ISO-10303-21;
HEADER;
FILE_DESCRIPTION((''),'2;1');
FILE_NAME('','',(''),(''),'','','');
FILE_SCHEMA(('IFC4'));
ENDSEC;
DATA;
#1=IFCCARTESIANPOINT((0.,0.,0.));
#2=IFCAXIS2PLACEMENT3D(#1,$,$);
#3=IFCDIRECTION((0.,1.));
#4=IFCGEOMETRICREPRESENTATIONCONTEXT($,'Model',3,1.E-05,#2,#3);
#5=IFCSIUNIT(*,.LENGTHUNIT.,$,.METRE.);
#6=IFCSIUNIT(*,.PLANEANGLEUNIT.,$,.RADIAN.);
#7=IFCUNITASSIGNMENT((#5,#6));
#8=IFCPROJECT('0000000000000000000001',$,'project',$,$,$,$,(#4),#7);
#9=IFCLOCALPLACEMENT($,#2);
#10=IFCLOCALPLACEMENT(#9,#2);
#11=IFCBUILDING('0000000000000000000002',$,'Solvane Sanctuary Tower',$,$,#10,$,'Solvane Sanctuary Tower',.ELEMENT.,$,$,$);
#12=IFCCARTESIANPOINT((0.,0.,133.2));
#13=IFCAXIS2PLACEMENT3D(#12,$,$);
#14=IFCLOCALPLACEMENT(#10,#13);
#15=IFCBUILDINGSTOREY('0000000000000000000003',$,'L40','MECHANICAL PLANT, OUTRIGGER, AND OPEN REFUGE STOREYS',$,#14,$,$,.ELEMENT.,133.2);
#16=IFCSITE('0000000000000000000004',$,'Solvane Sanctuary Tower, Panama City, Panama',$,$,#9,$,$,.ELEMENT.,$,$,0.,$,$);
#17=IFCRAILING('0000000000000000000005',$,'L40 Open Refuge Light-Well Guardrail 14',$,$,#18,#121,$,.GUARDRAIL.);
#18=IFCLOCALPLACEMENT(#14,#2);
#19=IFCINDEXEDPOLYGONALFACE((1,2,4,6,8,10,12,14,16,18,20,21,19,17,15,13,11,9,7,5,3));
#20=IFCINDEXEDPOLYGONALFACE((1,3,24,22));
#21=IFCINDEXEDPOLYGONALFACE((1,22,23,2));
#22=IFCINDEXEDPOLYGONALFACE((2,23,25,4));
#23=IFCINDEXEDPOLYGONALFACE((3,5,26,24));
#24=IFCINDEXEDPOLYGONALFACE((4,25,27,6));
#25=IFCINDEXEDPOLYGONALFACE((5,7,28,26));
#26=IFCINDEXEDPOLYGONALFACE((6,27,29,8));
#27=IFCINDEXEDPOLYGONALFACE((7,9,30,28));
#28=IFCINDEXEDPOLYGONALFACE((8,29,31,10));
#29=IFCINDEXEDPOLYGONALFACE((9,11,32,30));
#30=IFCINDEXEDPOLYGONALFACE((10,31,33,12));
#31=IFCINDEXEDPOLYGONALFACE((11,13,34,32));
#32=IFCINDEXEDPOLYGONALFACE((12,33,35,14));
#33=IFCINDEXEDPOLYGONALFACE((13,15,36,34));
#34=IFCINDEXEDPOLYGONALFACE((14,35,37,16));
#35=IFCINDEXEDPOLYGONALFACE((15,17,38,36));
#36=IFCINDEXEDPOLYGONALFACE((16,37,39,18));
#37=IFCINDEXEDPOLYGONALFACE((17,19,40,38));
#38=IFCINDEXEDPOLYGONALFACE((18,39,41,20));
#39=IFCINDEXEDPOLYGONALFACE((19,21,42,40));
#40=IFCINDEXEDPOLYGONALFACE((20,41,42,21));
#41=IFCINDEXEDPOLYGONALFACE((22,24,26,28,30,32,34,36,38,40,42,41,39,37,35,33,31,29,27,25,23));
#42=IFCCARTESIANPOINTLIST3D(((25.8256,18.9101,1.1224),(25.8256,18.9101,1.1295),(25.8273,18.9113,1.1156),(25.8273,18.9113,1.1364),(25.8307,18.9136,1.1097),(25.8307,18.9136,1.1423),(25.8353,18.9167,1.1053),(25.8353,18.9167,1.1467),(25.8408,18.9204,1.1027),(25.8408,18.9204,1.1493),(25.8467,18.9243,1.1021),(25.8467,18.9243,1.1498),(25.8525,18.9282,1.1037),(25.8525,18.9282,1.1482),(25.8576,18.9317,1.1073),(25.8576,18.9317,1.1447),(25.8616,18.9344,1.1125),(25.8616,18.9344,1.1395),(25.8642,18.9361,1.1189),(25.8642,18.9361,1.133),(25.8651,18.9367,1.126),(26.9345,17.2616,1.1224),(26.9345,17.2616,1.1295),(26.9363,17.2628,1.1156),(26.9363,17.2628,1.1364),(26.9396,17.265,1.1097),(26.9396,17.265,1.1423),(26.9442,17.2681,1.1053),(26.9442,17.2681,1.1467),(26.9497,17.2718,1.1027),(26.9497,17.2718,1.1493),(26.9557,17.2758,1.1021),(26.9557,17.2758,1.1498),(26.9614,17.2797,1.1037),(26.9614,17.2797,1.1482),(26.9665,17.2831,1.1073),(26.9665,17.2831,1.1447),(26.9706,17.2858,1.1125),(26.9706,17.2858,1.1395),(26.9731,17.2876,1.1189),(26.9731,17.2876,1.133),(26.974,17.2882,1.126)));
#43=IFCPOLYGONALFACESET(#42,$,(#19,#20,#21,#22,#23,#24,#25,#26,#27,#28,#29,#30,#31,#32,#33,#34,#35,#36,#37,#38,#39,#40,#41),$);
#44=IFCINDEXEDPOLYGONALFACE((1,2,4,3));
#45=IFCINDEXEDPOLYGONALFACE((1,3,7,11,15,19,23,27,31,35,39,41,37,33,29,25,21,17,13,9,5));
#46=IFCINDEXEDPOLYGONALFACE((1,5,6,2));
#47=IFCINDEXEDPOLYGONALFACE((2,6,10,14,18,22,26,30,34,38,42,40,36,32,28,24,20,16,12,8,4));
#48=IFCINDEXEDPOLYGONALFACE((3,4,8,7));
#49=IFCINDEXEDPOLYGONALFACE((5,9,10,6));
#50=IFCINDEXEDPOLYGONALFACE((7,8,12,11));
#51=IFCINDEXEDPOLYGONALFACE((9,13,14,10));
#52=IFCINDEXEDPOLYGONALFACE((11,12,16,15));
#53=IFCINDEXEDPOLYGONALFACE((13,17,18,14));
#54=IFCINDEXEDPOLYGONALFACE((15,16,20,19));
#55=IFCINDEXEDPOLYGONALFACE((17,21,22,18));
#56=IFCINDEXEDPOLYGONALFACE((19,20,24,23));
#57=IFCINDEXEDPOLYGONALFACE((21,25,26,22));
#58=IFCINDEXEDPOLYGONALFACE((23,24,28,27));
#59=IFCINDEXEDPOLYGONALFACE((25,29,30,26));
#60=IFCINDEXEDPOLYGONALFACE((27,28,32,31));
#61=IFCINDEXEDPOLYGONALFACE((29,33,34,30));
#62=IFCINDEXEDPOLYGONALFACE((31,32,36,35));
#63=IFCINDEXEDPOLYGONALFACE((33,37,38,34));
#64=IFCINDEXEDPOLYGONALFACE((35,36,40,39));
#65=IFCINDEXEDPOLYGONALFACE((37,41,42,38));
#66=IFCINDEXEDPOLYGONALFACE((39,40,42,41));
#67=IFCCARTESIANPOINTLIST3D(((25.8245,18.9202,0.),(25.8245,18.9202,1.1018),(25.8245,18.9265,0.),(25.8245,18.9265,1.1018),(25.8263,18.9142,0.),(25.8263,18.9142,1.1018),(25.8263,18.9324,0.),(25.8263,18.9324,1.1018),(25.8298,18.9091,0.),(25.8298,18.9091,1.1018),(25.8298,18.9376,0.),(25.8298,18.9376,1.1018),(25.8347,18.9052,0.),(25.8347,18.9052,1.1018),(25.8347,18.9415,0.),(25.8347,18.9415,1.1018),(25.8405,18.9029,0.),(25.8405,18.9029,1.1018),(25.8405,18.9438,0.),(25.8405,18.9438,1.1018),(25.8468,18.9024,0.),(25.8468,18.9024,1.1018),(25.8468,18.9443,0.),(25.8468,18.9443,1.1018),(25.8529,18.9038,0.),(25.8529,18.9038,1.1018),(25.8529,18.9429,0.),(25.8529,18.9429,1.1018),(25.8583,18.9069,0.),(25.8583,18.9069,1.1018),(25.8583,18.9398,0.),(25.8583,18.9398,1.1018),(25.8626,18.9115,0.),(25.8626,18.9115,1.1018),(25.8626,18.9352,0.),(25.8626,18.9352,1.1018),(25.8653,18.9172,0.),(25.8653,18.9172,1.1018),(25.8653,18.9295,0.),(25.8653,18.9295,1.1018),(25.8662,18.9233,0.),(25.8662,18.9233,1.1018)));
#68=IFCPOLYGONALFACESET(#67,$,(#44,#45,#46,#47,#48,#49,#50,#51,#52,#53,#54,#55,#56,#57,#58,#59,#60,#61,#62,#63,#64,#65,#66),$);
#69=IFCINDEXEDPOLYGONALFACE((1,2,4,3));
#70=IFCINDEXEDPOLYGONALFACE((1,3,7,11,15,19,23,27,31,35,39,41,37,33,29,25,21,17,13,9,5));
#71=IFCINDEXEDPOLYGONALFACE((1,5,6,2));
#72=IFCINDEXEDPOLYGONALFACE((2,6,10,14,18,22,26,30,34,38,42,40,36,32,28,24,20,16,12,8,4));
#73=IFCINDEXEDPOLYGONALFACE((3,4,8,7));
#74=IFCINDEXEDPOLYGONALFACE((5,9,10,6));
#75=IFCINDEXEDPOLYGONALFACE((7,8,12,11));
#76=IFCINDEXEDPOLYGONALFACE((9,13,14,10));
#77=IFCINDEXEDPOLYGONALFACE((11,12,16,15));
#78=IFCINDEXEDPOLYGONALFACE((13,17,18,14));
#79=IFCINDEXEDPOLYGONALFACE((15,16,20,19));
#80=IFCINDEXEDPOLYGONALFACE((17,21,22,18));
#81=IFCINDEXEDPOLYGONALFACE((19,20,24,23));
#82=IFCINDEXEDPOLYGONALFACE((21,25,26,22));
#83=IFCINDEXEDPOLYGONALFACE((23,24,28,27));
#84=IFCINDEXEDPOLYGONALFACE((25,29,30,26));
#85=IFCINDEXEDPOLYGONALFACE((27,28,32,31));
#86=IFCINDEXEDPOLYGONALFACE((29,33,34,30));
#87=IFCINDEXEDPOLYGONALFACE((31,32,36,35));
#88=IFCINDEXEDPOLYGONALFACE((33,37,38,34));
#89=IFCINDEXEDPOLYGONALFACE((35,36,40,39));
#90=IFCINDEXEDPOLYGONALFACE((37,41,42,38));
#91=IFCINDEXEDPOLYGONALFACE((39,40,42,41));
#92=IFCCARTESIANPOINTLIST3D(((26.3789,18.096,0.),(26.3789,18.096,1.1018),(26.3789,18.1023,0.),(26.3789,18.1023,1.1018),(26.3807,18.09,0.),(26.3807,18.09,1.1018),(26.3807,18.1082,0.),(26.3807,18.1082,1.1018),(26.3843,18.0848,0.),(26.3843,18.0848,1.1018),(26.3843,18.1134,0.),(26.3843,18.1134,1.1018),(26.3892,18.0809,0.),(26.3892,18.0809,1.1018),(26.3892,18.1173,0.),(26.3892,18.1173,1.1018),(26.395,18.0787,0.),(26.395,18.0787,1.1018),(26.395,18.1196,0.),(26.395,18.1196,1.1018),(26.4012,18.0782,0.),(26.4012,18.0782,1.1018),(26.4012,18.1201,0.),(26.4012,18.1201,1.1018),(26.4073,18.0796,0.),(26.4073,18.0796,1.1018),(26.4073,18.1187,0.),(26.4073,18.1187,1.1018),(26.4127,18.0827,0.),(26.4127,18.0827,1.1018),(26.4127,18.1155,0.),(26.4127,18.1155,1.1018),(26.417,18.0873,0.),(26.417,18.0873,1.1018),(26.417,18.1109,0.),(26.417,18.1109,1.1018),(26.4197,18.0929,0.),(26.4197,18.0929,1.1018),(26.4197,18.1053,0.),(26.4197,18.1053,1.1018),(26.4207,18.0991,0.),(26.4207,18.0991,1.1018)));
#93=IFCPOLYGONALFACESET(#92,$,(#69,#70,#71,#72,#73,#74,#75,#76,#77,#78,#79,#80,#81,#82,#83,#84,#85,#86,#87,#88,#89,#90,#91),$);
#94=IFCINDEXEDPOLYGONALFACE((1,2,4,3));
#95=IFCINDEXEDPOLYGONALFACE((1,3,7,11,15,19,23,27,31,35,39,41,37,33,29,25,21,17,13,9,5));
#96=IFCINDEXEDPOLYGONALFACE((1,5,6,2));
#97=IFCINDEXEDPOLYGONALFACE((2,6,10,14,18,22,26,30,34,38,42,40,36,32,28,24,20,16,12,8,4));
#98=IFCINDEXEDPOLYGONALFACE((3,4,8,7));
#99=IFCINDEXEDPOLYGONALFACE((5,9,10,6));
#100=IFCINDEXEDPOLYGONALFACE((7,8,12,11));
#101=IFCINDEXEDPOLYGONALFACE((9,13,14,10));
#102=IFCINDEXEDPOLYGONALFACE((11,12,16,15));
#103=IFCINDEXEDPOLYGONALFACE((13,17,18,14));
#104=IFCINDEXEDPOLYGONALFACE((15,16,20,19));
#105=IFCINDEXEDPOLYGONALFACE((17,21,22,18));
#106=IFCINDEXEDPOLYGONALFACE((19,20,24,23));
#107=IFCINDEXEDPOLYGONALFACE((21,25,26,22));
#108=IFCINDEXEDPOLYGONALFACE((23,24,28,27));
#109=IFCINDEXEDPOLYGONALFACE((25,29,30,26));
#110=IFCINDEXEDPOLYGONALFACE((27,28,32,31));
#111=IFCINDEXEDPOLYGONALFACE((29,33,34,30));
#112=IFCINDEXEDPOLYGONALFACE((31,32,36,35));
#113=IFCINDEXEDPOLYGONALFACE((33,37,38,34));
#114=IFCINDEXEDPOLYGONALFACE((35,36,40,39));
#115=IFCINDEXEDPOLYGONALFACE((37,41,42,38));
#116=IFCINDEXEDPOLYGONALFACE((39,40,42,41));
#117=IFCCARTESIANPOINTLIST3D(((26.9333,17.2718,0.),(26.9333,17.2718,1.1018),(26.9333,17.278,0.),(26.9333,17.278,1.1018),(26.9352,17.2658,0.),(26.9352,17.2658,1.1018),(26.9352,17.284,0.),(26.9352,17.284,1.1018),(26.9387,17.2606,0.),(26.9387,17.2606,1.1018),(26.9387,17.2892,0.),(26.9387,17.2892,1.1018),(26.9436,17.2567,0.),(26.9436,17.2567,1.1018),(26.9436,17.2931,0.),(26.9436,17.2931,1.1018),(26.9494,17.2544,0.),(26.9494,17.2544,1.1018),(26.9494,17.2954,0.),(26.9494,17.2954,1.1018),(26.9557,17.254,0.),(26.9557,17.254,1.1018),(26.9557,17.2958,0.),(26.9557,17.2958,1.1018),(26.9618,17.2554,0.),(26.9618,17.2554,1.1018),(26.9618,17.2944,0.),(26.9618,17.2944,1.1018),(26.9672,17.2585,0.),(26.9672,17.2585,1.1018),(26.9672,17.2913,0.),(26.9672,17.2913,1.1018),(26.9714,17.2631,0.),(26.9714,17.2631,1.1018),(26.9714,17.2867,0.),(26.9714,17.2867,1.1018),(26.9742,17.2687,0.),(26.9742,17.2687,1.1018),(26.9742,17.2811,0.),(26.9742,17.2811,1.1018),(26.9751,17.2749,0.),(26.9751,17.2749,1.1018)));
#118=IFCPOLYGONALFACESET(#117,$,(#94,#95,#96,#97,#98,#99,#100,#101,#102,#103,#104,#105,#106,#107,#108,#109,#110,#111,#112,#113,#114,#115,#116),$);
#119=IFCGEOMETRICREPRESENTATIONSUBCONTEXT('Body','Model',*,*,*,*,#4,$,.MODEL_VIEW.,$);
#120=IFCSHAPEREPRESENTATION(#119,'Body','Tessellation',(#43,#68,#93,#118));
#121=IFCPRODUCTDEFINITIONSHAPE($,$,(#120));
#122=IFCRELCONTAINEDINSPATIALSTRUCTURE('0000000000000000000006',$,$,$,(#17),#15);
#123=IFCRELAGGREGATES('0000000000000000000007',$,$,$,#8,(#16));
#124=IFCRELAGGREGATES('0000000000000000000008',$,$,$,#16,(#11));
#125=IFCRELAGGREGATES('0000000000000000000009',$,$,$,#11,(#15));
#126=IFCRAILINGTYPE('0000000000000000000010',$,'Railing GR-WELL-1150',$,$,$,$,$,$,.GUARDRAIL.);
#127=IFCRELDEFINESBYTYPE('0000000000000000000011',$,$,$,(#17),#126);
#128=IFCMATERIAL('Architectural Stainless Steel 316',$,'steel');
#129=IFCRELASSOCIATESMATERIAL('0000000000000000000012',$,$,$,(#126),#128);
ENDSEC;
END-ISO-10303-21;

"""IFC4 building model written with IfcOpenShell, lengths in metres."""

from ifc_helpers import new_model, si_unit, direction, frame, origin, origin_2d, place, context, subcontext, project, spatial, circle, extrude, material, type_object, element, save


model = new_model("IFC4")

# Units and contexts
model_context = context("Model", 3, precision=1e-05, world=origin(), true_north=direction((0.0, 1.0)))
body_context = subcontext(model_context, "Body", "Model", "MODEL_VIEW")
ifc_project = project(units=[si_unit("LENGTHUNIT", "METRE"), si_unit("PLANEANGLEUNIT", "RADIAN")], contexts=[model_context])

# Site, building, storey
site_placement = place(None, origin())
site = spatial("IfcSite", under=ifc_project, at=site_placement, Name="Solvane Sanctuary Tower, Panama City, Panama", CompositionType="ELEMENT", RefElevation=0.0)
building_placement = place(site_placement, origin())
building = spatial("IfcBuilding", under=site, at=building_placement, Name="Solvane Sanctuary Tower", LongName="Solvane Sanctuary Tower", CompositionType="ELEMENT")
storey_placement = place(building_placement, frame((0.0, 0.0, 133.2)))
storey = spatial("IfcBuildingStorey", under=building, at=storey_placement, Name="L40", Description="MECHANICAL PLANT, OUTRIGGER, AND OPEN REFUGE STOREYS", CompositionType="ELEMENT", Elevation=133.2)

# Shared definitions
ifc_material_1 = material(Name="Architectural Stainless Steel 316", Category="steel")

# Railing
railing_type_1 = type_object("IfcRailingType", Name="Railing GR-WELL-1150", PredefinedType="GUARDRAIL", material=ifc_material_1)
railing_1_placement = place(storey_placement, frame((25.8452, 18.9233, 0.0)))
element("IfcRailing", 1, at=railing_1_placement, inside=storey, type_object=railing_type_1, Name="L40 Open Refuge Light-Well Guardrail 14", PredefinedType="GUARDRAIL", context=body_context, shape_type="SweptSolid", body=[
    extrude(circle(Radius=0.0239, at=origin_2d()), frame((0.0, 0.0, 1.126), z_axis=(0.558155, -0.829737, 0.0), x_axis=(0.829737, 0.558155, 0.0)), (0.0, 0.0, 1.0), 1.9868),
    extrude(circle(Radius=0.021, at=origin_2d()), origin(), (0.0, 0.0, 1.0), 1.1018),
    extrude(circle(Radius=0.021, at=origin_2d()), frame((0.5544, -0.8242, 0.0)), (0.0, 0.0, 1.0), 1.1018),
    extrude(circle(Radius=0.021, at=origin_2d()), frame((1.1089, -1.6484, 0.0)), (0.0, 0.0, 1.0), 1.1018),
])

save(model, "model.ifc")
